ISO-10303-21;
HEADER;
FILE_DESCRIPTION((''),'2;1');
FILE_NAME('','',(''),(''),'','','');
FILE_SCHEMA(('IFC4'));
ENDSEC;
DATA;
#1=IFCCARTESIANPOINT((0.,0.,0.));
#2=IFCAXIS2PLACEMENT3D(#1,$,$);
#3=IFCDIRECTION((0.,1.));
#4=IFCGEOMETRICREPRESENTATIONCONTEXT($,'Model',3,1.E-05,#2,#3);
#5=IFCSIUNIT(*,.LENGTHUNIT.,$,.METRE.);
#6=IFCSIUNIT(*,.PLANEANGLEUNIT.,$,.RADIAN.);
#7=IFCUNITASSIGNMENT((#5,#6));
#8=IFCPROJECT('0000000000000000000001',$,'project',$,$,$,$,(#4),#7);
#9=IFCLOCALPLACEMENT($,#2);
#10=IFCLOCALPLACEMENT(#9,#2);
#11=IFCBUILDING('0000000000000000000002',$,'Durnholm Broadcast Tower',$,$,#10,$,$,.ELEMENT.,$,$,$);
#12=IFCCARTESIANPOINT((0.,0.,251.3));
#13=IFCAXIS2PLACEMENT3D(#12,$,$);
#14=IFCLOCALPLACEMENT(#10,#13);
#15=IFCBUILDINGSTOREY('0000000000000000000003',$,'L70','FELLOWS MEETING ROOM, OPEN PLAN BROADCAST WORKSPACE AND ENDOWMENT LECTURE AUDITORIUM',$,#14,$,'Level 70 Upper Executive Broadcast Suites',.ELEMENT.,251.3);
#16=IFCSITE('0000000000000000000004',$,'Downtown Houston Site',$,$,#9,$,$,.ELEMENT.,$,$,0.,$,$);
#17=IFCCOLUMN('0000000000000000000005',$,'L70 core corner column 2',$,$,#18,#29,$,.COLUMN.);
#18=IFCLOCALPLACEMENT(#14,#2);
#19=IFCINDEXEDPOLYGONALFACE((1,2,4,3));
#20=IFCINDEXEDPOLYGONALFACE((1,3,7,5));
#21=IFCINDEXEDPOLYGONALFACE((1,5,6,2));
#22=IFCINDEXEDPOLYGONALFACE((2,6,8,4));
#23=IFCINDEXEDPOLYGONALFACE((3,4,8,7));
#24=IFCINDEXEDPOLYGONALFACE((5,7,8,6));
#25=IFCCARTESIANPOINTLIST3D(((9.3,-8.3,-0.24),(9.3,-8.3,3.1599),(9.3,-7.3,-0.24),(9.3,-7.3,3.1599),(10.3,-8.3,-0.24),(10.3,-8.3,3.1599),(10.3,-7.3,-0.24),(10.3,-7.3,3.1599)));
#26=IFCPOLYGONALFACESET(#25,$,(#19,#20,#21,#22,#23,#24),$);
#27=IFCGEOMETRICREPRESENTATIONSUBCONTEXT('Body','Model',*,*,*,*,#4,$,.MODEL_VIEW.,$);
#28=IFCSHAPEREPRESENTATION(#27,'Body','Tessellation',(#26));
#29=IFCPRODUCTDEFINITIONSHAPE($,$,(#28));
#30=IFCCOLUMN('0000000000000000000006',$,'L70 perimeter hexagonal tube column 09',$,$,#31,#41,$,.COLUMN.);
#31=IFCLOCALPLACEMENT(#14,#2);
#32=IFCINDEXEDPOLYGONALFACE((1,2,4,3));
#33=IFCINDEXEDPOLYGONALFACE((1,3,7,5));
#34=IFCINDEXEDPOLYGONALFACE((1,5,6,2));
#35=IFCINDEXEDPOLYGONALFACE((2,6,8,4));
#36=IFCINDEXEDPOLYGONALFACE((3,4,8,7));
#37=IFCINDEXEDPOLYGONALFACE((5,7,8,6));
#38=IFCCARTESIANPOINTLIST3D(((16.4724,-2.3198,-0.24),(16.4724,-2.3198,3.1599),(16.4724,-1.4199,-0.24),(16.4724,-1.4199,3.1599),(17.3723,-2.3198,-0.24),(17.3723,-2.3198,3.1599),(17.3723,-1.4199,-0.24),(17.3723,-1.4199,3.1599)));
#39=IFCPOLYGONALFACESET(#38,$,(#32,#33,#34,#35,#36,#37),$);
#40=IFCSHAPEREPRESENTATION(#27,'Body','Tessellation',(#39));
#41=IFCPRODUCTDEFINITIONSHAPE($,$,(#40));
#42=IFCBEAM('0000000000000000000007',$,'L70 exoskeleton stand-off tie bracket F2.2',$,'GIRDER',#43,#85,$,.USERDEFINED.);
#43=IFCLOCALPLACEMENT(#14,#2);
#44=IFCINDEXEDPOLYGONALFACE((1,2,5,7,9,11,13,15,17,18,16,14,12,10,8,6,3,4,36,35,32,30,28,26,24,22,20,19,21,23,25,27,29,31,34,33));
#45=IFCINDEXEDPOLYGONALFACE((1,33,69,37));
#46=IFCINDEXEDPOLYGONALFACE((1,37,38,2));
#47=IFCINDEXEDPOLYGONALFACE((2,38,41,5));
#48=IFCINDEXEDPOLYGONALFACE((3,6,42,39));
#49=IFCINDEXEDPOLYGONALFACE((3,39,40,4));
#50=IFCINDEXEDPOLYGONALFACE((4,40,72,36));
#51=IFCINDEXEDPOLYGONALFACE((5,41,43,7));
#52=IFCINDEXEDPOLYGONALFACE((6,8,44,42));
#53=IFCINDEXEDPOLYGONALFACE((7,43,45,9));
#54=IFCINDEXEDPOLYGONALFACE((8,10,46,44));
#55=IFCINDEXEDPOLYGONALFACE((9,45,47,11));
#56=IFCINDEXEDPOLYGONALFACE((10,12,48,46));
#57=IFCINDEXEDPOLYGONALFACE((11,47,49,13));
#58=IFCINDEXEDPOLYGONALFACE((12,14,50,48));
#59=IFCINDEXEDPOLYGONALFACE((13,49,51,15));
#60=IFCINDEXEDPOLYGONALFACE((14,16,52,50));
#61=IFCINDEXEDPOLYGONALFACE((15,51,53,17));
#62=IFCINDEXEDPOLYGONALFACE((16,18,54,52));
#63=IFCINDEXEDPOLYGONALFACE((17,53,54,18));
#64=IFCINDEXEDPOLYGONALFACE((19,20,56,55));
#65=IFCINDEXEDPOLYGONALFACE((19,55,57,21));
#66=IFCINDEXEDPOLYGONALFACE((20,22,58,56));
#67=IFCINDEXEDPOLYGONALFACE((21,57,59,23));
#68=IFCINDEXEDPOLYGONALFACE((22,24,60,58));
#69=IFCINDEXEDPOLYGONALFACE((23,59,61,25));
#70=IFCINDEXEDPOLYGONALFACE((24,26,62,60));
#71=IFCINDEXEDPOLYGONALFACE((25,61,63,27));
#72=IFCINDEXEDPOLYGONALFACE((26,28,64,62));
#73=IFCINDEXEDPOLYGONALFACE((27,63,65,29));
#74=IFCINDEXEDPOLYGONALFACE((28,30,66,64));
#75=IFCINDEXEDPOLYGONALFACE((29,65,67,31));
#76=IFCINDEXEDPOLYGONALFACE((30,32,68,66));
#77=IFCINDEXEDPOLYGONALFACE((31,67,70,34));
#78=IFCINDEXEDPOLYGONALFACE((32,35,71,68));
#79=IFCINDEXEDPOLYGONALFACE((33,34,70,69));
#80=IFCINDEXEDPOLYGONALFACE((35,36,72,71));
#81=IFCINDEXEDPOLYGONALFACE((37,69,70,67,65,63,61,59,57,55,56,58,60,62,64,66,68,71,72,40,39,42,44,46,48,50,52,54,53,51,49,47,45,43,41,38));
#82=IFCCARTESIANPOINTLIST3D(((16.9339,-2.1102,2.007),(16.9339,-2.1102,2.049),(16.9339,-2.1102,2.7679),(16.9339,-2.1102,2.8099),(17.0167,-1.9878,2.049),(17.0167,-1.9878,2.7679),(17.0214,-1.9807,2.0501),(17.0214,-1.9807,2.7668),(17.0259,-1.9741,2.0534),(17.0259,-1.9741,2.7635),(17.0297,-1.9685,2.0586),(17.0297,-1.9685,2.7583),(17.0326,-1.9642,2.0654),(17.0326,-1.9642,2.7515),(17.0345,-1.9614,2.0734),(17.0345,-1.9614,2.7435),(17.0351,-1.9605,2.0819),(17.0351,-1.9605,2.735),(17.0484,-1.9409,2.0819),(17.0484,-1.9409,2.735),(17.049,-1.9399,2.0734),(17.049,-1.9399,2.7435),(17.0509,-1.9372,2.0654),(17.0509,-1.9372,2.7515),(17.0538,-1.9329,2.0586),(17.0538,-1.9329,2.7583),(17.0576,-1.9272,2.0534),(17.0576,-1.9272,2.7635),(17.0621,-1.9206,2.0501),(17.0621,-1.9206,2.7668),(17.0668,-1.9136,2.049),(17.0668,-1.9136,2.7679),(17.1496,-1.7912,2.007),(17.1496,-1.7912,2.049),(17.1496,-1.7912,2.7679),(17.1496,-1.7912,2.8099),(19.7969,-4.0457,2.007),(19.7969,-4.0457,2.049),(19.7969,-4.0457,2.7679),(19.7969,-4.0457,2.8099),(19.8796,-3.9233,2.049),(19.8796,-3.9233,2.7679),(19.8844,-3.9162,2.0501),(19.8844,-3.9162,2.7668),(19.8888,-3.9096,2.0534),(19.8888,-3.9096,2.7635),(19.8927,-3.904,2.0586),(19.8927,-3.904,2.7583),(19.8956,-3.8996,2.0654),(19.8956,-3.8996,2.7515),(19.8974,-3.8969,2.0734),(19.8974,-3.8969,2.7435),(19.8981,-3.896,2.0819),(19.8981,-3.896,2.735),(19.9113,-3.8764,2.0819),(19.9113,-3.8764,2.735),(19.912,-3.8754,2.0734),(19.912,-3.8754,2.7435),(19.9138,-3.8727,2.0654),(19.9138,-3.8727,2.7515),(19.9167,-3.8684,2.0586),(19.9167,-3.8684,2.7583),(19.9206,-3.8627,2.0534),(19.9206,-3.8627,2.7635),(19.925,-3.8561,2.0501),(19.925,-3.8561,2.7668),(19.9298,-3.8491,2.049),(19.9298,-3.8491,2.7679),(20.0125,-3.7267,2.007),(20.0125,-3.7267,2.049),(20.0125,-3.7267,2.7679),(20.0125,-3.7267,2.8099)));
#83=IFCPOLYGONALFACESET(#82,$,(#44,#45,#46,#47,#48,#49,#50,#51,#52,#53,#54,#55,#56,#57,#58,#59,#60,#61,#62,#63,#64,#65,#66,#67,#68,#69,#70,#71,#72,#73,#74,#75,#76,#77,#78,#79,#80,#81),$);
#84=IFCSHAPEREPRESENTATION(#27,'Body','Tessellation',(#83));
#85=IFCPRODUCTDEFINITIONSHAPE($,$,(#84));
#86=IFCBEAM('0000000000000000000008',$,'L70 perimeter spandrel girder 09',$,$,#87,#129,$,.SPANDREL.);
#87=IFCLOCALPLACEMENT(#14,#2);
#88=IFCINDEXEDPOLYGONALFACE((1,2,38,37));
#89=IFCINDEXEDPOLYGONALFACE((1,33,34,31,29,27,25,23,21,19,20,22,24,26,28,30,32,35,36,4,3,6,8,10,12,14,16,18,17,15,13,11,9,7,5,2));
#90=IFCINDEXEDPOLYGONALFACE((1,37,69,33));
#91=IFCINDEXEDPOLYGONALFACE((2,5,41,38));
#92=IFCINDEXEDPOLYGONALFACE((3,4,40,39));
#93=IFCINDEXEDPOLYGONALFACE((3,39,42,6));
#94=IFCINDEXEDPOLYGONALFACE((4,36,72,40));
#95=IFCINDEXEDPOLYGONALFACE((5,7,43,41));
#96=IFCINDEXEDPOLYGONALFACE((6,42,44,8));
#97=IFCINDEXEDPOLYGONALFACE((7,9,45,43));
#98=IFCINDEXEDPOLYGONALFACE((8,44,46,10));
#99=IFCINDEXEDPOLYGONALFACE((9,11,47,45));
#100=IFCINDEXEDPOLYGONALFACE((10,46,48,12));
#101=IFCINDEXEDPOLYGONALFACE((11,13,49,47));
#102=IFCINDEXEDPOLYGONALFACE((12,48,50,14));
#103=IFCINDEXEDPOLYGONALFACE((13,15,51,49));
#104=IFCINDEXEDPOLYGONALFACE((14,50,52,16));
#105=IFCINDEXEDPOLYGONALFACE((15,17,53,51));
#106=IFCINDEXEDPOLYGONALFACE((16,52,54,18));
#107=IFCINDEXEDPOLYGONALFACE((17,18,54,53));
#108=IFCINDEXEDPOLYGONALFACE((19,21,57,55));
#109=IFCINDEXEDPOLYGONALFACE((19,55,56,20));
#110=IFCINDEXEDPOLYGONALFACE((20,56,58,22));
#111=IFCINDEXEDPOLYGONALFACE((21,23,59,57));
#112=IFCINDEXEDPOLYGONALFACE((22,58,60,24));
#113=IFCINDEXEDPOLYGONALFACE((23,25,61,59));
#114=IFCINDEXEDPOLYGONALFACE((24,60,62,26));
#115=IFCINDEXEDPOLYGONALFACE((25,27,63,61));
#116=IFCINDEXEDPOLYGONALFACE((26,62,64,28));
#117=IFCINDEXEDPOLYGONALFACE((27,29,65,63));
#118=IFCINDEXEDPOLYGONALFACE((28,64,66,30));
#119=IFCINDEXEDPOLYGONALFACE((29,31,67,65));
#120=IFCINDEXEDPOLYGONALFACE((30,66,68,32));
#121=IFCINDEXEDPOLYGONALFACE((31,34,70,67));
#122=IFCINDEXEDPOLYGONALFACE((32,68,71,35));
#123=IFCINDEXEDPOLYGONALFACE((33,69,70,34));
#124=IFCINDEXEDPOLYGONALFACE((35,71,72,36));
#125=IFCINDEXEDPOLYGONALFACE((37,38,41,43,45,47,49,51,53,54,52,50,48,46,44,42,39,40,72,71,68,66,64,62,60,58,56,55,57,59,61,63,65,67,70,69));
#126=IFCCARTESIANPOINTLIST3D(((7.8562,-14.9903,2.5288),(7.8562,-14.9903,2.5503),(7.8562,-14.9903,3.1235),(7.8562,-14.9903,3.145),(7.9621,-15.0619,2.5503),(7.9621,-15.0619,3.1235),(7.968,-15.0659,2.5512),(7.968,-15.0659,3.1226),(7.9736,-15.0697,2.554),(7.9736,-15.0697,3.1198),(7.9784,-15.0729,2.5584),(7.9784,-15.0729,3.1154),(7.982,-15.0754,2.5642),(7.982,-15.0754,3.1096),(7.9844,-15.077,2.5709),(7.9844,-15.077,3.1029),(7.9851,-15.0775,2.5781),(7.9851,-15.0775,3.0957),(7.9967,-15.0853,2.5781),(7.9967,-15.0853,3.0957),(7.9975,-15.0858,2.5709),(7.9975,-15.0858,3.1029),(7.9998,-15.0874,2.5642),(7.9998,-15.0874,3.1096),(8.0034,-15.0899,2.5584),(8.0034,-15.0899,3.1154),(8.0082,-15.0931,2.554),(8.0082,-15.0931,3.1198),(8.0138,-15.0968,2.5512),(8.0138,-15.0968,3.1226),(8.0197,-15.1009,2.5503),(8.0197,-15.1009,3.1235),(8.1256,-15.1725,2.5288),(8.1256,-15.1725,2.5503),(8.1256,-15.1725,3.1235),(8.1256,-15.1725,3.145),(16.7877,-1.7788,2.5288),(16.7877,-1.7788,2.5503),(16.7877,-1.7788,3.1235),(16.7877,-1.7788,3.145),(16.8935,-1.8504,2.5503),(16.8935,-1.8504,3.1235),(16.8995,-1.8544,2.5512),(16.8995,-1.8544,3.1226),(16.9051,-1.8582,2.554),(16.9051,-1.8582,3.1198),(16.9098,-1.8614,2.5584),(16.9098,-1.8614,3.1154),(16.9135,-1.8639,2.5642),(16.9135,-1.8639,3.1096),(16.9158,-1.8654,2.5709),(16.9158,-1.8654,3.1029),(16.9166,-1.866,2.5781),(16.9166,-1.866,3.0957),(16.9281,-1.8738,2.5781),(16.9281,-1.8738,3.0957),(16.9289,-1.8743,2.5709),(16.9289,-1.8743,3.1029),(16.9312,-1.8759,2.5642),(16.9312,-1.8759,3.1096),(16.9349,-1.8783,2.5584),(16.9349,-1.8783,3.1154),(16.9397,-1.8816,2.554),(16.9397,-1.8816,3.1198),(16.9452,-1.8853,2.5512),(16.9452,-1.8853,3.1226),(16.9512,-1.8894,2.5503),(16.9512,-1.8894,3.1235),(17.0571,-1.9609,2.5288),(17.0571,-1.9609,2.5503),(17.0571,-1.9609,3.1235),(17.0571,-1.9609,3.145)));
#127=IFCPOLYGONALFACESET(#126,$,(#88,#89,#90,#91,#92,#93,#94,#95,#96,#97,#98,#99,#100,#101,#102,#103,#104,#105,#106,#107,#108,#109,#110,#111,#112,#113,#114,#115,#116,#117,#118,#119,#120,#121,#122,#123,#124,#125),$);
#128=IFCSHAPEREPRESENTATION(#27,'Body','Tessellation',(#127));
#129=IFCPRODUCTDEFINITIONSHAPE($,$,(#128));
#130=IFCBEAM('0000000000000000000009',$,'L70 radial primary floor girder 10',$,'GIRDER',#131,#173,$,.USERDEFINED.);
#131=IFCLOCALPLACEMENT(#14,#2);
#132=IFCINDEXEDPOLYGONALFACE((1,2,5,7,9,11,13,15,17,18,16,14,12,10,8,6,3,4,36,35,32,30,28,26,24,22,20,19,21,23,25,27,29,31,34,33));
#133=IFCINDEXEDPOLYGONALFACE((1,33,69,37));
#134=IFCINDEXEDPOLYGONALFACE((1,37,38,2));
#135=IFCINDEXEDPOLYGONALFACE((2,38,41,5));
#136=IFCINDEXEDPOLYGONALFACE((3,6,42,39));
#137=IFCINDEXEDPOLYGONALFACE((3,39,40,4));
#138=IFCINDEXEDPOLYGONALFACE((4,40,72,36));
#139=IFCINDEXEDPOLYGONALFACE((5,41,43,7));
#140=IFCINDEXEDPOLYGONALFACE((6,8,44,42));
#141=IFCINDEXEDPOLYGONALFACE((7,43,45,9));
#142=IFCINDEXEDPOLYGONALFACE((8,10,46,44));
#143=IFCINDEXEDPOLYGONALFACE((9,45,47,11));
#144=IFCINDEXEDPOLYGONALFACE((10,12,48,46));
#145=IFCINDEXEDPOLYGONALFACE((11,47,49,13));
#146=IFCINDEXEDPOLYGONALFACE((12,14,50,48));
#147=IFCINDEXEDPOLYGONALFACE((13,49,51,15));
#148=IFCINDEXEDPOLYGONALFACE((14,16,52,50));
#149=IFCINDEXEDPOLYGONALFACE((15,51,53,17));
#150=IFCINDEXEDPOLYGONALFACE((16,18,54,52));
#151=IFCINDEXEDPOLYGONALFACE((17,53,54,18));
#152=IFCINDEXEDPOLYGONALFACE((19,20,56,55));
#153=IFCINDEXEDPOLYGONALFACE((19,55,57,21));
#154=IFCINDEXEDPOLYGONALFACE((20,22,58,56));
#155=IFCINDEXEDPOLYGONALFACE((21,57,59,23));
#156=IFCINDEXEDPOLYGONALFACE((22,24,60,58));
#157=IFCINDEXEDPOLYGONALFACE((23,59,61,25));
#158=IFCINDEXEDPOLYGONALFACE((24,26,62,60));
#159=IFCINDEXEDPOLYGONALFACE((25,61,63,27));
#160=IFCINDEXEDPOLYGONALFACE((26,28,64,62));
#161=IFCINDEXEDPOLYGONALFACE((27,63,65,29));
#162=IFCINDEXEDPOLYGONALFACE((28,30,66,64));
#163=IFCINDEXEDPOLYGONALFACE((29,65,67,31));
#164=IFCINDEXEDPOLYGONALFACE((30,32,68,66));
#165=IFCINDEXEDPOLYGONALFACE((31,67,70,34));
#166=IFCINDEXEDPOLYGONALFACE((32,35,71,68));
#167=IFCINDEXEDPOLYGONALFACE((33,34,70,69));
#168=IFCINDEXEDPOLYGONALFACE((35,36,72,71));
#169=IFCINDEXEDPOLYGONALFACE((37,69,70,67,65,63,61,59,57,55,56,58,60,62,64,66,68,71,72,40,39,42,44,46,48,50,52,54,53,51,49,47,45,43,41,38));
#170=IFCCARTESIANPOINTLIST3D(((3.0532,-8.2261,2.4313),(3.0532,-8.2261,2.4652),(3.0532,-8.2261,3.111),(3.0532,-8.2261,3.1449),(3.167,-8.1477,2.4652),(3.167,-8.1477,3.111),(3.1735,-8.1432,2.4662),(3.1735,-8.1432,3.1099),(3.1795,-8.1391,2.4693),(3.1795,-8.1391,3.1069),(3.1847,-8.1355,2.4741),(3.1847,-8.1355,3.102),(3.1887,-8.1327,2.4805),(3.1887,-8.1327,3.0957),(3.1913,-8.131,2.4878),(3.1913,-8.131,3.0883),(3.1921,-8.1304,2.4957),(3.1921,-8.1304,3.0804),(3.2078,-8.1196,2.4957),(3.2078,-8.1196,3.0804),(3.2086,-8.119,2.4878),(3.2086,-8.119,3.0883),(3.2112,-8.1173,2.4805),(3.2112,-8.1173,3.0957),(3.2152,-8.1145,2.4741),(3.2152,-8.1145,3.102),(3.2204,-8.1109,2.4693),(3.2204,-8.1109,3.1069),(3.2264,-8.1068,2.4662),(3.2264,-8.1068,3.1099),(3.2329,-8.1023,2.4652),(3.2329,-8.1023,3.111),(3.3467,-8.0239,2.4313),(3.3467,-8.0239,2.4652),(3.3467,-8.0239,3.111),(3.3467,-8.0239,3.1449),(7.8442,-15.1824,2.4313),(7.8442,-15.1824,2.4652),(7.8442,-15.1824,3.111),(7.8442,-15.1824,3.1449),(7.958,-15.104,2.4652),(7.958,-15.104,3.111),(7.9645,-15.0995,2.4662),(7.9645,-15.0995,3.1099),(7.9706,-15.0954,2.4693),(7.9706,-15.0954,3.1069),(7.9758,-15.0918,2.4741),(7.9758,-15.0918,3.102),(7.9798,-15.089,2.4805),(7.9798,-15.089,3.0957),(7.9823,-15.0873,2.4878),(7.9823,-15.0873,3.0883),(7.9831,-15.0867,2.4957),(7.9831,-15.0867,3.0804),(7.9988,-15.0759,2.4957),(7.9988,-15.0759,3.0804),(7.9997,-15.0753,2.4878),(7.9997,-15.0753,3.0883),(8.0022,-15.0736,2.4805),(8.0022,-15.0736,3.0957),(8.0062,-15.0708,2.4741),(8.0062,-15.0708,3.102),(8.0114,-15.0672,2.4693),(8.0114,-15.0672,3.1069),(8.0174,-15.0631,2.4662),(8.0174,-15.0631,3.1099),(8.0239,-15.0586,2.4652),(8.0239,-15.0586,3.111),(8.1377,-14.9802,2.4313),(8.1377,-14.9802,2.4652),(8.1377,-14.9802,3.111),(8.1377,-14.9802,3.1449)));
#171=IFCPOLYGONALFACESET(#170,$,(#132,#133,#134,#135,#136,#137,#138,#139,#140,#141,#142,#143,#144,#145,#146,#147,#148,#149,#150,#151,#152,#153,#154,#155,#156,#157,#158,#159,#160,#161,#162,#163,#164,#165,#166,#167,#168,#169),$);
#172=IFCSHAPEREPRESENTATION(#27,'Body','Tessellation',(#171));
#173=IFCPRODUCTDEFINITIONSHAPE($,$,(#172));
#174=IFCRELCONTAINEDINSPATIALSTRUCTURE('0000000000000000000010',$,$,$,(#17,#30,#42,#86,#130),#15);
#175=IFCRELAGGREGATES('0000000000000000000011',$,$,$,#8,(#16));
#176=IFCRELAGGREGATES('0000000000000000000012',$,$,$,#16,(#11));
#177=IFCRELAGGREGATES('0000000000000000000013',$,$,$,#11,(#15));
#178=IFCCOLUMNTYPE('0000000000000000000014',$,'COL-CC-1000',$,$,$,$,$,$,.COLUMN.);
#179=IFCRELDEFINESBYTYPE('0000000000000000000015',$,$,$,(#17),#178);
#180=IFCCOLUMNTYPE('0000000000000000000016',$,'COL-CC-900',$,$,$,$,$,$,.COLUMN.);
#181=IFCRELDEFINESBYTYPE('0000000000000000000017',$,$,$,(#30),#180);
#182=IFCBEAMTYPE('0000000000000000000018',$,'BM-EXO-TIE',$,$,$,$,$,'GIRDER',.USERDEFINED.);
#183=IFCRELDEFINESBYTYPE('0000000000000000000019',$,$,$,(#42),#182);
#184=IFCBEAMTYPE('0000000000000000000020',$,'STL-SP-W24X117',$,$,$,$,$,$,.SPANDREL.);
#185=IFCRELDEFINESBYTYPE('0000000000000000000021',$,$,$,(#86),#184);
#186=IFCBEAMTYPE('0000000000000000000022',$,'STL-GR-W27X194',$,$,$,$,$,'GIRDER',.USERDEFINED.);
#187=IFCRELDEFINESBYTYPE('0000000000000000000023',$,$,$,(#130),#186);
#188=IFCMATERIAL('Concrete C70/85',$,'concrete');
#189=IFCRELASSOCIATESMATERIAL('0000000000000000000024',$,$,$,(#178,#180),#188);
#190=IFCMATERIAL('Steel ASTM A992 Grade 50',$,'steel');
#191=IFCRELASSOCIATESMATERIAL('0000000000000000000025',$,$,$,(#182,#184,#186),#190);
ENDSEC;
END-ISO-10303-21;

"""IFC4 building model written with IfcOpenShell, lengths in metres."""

from ifc_helpers import new_model, si_unit, direction, frame, origin, origin_2d, place, context, subcontext, project, spatial, rectangle, i_section, extrude, source, transform, mapped, material, material_profile, profile_set, type_object, type_shapes, element, save


model = new_model("IFC4")

# Units and contexts
model_context = context("Model", 3, precision=1e-05, world=origin(), true_north=direction((0.0, 1.0)))
body_context = subcontext(model_context, "Body", "Model", "MODEL_VIEW")
ifc_project = project(units=[si_unit("LENGTHUNIT", "METRE"), si_unit("PLANEANGLEUNIT", "RADIAN")], contexts=[model_context])

# Site, building, storey
site_placement = place(None, origin())
site = spatial("IfcSite", under=ifc_project, at=site_placement, Name="Downtown Houston Site", CompositionType="ELEMENT", RefElevation=0.0)
building_placement = place(site_placement, origin())
building = spatial("IfcBuilding", under=site, at=building_placement, Name="Durnholm Broadcast Tower", CompositionType="ELEMENT")
storey_placement = place(building_placement, frame((0.0, 0.0, 251.3)))
storey = spatial("IfcBuildingStorey", under=building, at=storey_placement, Name="L70", Description="FELLOWS MEETING ROOM, OPEN PLAN BROADCAST WORKSPACE AND ENDOWMENT LECTURE AUDITORIUM", LongName="Level 70 Upper Executive Broadcast Suites", CompositionType="ELEMENT", Elevation=251.3)

# Columns
ifc_material_1 = material(Name="Concrete C70/85", Category="concrete")
ifc_material_profile_1 = material_profile(ifc_material_1, rectangle(XDim=1.0, YDim=1.0, at=origin_2d()), Name="RC1000X1000")
ifc_profile_set_1 = profile_set([ifc_material_profile_1], Name="Concrete C70/85")
column_type_1 = type_object("IfcColumnType", Name="COL-CC-1000", PredefinedType="COLUMN", material=ifc_profile_set_1)
shared_shape_1 = source(origin(), body_context, "Body", "SweptSolid", [
    extrude(rectangle(XDim=1.0, YDim=1.0, at=origin_2d()), origin(), (0.0, 0.0, 1.0), 3.3999),
])
type_shapes(column_type_1, [shared_shape_1])
column_1_placement = place(storey_placement, frame((9.8, -7.8, -0.24), z_axis=(0.0, 0.0, 1.0), x_axis=(1.0, 0.0, 0.0)))
element("IfcColumn", 1, at=column_1_placement, inside=storey, type_object=column_type_1, Name="L70 core corner column 2", PredefinedType="COLUMN", context=body_context, shape_type="MappedRepresentation", body=[
    mapped(shared_shape_1, transform((0.0, 0.0, 0.0), x_axis=(1.0, 0.0, 0.0), y_axis=(0.0, 1.0, 0.0), z_axis=(0.0, 0.0, 1.0), scale=1.0)),
])
ifc_material_profile_2 = material_profile(ifc_material_1, rectangle(XDim=0.8999, YDim=0.8999, at=origin_2d()), Name="RC900X900")
ifc_profile_set_2 = profile_set([ifc_material_profile_2], Name="Concrete C70/85")
column_type_2 = type_object("IfcColumnType", Name="COL-CC-900", PredefinedType="COLUMN", material=ifc_profile_set_2)
shared_shape_2 = source(origin(), body_context, "Body", "SweptSolid", [
    extrude(rectangle(XDim=0.8999, YDim=0.8999, at=origin_2d()), origin(), (0.0, 0.0, 1.0), 3.3999),
])
type_shapes(column_type_2, [shared_shape_2])
column_2_placement = place(storey_placement, frame((16.9224, -1.8699, -0.24), z_axis=(0.0, 0.0, 1.0), x_axis=(1.0, 0.0, 0.0)))
element("IfcColumn", 2, at=column_2_placement, inside=storey, type_object=column_type_2, Name="L70 perimeter hexagonal tube column 09", PredefinedType="COLUMN", context=body_context, shape_type="MappedRepresentation", body=[
    mapped(shared_shape_2, transform((0.0, 0.0, 0.0), x_axis=(1.0, 0.0, 0.0), y_axis=(0.0, 1.0, 0.0), z_axis=(0.0, 0.0, 1.0), scale=1.0)),
])

# Beams
ifc_material_2 = material(Name="Steel ASTM A992 Grade 50", Category="steel")
ifc_material_profile_3 = material_profile(ifc_material_2, i_section(OverallWidth=0.385, OverallDepth=0.803, WebThickness=0.0237, FlangeThickness=0.042, FilletRadius=0.033, at=origin_2d()), Name="W30X261")
ifc_profile_set_3 = profile_set([ifc_material_profile_3], Name="Steel ASTM A992 Grade 50")
beam_type_1 = type_object("IfcBeamType", Name="BM-EXO-TIE", ElementType="GIRDER", PredefinedType="USERDEFINED", material=ifc_profile_set_3)
shared_shape_3 = source(origin(), body_context, "Body", "SweptSolid", [
    extrude(i_section(OverallWidth=0.385, OverallDepth=0.803, WebThickness=0.0237, FlangeThickness=0.042, FilletRadius=0.033, at=origin_2d()), origin(), (0.0, 0.0, 1.0), 3.4558),
])
type_shapes(beam_type_1, [shared_shape_3])
beam_1_placement = place(storey_placement, frame((17.0417, -1.9507, 2.4084), z_axis=(0.828446, -0.560068, 0.0), x_axis=(0.560068, 0.828446, 0.0)))
element("IfcBeam", 3, at=beam_1_placement, inside=storey, type_object=beam_type_1, Name="L70 exoskeleton stand-off tie bracket F2.2", ObjectType="GIRDER", PredefinedType="USERDEFINED", context=body_context, shape_type="MappedRepresentation", body=[
    mapped(shared_shape_3, transform((0.0, 0.0, 0.0), x_axis=(1.0, 0.0, 0.0), y_axis=(0.0, 1.0, 0.0), z_axis=(0.0, 0.0, 1.0), scale=1.0)),
])
ifc_material_profile_4 = material_profile(ifc_material_2, i_section(OverallWidth=0.3252, OverallDepth=0.6162, WebThickness=0.0139, FlangeThickness=0.0215, FilletRadius=0.0278, at=origin_2d()), Name="W24X117")
ifc_profile_set_4 = profile_set([ifc_material_profile_4], Name="Steel ASTM A992 Grade 50")
beam_type_2 = type_object("IfcBeamType", Name="STL-SP-W24X117", PredefinedType="SPANDREL", material=ifc_profile_set_4)
shared_shape_4 = source(origin(), body_context, "Body", "SweptSolid", [
    extrude(i_section(OverallWidth=0.3252, OverallDepth=0.6162, WebThickness=0.0139, FlangeThickness=0.0215, FilletRadius=0.0278, at=origin_2d()), origin(), (0.0, 0.0, 1.0), 15.9473),
])
type_shapes(beam_type_2, [shared_shape_4])
beam_2_placement = place(storey_placement, frame((16.9224, -1.8699, 2.8369), z_axis=(-0.560062, -0.828451, 0.0), x_axis=(0.828451, -0.560062, 0.0)))
element("IfcBeam", 4, at=beam_2_placement, inside=storey, type_object=beam_type_2, Name="L70 perimeter spandrel girder 09", PredefinedType="SPANDREL", context=body_context, shape_type="MappedRepresentation", body=[
    mapped(shared_shape_4, transform((0.0, 0.0, 0.0), x_axis=(1.0, 0.0, 0.0), y_axis=(0.0, 1.0, 0.0), z_axis=(0.0, 0.0, 1.0), scale=1.0)),
])
ifc_material_profile_5 = material_profile(ifc_material_2, i_section(OverallWidth=0.3564, OverallDepth=0.7136, WebThickness=0.019, FlangeThickness=0.0339, FilletRadius=0.0305, at=origin_2d()), Name="W27X194")
ifc_profile_set_5 = profile_set([ifc_material_profile_5], Name="Steel ASTM A992 Grade 50")
beam_type_3 = type_object("IfcBeamType", Name="STL-GR-W27X194", ElementType="GIRDER", PredefinedType="USERDEFINED", material=ifc_profile_set_5)
shared_shape_5 = source(origin(), body_context, "Body", "SweptSolid", [
    extrude(i_section(OverallWidth=0.3564, OverallDepth=0.7136, WebThickness=0.019, FlangeThickness=0.0339, FilletRadius=0.0305, at=origin_2d()), origin(), (0.0, 0.0, 1.0), 8.4465),
])
beam_3_placement = place(storey_placement, frame((3.2, -8.125, 2.7881), z_axis=(0.567217, -0.823569, 0.0), x_axis=(0.823569, 0.567217, 0.0)))
element("IfcBeam", 5, at=beam_3_placement, inside=storey, type_object=beam_type_3, Name="L70 radial primary floor girder 10", ObjectType="GIRDER", PredefinedType="USERDEFINED", context=body_context, shape_type="MappedRepresentation", body=[
    mapped(shared_shape_5, transform((0.0, 0.0, 0.0), x_axis=(1.0, 0.0, 0.0), y_axis=(0.0, 1.0, 0.0), z_axis=(0.0, 0.0, 1.0), scale=1.0)),
])

save(model, "model.ifc")
